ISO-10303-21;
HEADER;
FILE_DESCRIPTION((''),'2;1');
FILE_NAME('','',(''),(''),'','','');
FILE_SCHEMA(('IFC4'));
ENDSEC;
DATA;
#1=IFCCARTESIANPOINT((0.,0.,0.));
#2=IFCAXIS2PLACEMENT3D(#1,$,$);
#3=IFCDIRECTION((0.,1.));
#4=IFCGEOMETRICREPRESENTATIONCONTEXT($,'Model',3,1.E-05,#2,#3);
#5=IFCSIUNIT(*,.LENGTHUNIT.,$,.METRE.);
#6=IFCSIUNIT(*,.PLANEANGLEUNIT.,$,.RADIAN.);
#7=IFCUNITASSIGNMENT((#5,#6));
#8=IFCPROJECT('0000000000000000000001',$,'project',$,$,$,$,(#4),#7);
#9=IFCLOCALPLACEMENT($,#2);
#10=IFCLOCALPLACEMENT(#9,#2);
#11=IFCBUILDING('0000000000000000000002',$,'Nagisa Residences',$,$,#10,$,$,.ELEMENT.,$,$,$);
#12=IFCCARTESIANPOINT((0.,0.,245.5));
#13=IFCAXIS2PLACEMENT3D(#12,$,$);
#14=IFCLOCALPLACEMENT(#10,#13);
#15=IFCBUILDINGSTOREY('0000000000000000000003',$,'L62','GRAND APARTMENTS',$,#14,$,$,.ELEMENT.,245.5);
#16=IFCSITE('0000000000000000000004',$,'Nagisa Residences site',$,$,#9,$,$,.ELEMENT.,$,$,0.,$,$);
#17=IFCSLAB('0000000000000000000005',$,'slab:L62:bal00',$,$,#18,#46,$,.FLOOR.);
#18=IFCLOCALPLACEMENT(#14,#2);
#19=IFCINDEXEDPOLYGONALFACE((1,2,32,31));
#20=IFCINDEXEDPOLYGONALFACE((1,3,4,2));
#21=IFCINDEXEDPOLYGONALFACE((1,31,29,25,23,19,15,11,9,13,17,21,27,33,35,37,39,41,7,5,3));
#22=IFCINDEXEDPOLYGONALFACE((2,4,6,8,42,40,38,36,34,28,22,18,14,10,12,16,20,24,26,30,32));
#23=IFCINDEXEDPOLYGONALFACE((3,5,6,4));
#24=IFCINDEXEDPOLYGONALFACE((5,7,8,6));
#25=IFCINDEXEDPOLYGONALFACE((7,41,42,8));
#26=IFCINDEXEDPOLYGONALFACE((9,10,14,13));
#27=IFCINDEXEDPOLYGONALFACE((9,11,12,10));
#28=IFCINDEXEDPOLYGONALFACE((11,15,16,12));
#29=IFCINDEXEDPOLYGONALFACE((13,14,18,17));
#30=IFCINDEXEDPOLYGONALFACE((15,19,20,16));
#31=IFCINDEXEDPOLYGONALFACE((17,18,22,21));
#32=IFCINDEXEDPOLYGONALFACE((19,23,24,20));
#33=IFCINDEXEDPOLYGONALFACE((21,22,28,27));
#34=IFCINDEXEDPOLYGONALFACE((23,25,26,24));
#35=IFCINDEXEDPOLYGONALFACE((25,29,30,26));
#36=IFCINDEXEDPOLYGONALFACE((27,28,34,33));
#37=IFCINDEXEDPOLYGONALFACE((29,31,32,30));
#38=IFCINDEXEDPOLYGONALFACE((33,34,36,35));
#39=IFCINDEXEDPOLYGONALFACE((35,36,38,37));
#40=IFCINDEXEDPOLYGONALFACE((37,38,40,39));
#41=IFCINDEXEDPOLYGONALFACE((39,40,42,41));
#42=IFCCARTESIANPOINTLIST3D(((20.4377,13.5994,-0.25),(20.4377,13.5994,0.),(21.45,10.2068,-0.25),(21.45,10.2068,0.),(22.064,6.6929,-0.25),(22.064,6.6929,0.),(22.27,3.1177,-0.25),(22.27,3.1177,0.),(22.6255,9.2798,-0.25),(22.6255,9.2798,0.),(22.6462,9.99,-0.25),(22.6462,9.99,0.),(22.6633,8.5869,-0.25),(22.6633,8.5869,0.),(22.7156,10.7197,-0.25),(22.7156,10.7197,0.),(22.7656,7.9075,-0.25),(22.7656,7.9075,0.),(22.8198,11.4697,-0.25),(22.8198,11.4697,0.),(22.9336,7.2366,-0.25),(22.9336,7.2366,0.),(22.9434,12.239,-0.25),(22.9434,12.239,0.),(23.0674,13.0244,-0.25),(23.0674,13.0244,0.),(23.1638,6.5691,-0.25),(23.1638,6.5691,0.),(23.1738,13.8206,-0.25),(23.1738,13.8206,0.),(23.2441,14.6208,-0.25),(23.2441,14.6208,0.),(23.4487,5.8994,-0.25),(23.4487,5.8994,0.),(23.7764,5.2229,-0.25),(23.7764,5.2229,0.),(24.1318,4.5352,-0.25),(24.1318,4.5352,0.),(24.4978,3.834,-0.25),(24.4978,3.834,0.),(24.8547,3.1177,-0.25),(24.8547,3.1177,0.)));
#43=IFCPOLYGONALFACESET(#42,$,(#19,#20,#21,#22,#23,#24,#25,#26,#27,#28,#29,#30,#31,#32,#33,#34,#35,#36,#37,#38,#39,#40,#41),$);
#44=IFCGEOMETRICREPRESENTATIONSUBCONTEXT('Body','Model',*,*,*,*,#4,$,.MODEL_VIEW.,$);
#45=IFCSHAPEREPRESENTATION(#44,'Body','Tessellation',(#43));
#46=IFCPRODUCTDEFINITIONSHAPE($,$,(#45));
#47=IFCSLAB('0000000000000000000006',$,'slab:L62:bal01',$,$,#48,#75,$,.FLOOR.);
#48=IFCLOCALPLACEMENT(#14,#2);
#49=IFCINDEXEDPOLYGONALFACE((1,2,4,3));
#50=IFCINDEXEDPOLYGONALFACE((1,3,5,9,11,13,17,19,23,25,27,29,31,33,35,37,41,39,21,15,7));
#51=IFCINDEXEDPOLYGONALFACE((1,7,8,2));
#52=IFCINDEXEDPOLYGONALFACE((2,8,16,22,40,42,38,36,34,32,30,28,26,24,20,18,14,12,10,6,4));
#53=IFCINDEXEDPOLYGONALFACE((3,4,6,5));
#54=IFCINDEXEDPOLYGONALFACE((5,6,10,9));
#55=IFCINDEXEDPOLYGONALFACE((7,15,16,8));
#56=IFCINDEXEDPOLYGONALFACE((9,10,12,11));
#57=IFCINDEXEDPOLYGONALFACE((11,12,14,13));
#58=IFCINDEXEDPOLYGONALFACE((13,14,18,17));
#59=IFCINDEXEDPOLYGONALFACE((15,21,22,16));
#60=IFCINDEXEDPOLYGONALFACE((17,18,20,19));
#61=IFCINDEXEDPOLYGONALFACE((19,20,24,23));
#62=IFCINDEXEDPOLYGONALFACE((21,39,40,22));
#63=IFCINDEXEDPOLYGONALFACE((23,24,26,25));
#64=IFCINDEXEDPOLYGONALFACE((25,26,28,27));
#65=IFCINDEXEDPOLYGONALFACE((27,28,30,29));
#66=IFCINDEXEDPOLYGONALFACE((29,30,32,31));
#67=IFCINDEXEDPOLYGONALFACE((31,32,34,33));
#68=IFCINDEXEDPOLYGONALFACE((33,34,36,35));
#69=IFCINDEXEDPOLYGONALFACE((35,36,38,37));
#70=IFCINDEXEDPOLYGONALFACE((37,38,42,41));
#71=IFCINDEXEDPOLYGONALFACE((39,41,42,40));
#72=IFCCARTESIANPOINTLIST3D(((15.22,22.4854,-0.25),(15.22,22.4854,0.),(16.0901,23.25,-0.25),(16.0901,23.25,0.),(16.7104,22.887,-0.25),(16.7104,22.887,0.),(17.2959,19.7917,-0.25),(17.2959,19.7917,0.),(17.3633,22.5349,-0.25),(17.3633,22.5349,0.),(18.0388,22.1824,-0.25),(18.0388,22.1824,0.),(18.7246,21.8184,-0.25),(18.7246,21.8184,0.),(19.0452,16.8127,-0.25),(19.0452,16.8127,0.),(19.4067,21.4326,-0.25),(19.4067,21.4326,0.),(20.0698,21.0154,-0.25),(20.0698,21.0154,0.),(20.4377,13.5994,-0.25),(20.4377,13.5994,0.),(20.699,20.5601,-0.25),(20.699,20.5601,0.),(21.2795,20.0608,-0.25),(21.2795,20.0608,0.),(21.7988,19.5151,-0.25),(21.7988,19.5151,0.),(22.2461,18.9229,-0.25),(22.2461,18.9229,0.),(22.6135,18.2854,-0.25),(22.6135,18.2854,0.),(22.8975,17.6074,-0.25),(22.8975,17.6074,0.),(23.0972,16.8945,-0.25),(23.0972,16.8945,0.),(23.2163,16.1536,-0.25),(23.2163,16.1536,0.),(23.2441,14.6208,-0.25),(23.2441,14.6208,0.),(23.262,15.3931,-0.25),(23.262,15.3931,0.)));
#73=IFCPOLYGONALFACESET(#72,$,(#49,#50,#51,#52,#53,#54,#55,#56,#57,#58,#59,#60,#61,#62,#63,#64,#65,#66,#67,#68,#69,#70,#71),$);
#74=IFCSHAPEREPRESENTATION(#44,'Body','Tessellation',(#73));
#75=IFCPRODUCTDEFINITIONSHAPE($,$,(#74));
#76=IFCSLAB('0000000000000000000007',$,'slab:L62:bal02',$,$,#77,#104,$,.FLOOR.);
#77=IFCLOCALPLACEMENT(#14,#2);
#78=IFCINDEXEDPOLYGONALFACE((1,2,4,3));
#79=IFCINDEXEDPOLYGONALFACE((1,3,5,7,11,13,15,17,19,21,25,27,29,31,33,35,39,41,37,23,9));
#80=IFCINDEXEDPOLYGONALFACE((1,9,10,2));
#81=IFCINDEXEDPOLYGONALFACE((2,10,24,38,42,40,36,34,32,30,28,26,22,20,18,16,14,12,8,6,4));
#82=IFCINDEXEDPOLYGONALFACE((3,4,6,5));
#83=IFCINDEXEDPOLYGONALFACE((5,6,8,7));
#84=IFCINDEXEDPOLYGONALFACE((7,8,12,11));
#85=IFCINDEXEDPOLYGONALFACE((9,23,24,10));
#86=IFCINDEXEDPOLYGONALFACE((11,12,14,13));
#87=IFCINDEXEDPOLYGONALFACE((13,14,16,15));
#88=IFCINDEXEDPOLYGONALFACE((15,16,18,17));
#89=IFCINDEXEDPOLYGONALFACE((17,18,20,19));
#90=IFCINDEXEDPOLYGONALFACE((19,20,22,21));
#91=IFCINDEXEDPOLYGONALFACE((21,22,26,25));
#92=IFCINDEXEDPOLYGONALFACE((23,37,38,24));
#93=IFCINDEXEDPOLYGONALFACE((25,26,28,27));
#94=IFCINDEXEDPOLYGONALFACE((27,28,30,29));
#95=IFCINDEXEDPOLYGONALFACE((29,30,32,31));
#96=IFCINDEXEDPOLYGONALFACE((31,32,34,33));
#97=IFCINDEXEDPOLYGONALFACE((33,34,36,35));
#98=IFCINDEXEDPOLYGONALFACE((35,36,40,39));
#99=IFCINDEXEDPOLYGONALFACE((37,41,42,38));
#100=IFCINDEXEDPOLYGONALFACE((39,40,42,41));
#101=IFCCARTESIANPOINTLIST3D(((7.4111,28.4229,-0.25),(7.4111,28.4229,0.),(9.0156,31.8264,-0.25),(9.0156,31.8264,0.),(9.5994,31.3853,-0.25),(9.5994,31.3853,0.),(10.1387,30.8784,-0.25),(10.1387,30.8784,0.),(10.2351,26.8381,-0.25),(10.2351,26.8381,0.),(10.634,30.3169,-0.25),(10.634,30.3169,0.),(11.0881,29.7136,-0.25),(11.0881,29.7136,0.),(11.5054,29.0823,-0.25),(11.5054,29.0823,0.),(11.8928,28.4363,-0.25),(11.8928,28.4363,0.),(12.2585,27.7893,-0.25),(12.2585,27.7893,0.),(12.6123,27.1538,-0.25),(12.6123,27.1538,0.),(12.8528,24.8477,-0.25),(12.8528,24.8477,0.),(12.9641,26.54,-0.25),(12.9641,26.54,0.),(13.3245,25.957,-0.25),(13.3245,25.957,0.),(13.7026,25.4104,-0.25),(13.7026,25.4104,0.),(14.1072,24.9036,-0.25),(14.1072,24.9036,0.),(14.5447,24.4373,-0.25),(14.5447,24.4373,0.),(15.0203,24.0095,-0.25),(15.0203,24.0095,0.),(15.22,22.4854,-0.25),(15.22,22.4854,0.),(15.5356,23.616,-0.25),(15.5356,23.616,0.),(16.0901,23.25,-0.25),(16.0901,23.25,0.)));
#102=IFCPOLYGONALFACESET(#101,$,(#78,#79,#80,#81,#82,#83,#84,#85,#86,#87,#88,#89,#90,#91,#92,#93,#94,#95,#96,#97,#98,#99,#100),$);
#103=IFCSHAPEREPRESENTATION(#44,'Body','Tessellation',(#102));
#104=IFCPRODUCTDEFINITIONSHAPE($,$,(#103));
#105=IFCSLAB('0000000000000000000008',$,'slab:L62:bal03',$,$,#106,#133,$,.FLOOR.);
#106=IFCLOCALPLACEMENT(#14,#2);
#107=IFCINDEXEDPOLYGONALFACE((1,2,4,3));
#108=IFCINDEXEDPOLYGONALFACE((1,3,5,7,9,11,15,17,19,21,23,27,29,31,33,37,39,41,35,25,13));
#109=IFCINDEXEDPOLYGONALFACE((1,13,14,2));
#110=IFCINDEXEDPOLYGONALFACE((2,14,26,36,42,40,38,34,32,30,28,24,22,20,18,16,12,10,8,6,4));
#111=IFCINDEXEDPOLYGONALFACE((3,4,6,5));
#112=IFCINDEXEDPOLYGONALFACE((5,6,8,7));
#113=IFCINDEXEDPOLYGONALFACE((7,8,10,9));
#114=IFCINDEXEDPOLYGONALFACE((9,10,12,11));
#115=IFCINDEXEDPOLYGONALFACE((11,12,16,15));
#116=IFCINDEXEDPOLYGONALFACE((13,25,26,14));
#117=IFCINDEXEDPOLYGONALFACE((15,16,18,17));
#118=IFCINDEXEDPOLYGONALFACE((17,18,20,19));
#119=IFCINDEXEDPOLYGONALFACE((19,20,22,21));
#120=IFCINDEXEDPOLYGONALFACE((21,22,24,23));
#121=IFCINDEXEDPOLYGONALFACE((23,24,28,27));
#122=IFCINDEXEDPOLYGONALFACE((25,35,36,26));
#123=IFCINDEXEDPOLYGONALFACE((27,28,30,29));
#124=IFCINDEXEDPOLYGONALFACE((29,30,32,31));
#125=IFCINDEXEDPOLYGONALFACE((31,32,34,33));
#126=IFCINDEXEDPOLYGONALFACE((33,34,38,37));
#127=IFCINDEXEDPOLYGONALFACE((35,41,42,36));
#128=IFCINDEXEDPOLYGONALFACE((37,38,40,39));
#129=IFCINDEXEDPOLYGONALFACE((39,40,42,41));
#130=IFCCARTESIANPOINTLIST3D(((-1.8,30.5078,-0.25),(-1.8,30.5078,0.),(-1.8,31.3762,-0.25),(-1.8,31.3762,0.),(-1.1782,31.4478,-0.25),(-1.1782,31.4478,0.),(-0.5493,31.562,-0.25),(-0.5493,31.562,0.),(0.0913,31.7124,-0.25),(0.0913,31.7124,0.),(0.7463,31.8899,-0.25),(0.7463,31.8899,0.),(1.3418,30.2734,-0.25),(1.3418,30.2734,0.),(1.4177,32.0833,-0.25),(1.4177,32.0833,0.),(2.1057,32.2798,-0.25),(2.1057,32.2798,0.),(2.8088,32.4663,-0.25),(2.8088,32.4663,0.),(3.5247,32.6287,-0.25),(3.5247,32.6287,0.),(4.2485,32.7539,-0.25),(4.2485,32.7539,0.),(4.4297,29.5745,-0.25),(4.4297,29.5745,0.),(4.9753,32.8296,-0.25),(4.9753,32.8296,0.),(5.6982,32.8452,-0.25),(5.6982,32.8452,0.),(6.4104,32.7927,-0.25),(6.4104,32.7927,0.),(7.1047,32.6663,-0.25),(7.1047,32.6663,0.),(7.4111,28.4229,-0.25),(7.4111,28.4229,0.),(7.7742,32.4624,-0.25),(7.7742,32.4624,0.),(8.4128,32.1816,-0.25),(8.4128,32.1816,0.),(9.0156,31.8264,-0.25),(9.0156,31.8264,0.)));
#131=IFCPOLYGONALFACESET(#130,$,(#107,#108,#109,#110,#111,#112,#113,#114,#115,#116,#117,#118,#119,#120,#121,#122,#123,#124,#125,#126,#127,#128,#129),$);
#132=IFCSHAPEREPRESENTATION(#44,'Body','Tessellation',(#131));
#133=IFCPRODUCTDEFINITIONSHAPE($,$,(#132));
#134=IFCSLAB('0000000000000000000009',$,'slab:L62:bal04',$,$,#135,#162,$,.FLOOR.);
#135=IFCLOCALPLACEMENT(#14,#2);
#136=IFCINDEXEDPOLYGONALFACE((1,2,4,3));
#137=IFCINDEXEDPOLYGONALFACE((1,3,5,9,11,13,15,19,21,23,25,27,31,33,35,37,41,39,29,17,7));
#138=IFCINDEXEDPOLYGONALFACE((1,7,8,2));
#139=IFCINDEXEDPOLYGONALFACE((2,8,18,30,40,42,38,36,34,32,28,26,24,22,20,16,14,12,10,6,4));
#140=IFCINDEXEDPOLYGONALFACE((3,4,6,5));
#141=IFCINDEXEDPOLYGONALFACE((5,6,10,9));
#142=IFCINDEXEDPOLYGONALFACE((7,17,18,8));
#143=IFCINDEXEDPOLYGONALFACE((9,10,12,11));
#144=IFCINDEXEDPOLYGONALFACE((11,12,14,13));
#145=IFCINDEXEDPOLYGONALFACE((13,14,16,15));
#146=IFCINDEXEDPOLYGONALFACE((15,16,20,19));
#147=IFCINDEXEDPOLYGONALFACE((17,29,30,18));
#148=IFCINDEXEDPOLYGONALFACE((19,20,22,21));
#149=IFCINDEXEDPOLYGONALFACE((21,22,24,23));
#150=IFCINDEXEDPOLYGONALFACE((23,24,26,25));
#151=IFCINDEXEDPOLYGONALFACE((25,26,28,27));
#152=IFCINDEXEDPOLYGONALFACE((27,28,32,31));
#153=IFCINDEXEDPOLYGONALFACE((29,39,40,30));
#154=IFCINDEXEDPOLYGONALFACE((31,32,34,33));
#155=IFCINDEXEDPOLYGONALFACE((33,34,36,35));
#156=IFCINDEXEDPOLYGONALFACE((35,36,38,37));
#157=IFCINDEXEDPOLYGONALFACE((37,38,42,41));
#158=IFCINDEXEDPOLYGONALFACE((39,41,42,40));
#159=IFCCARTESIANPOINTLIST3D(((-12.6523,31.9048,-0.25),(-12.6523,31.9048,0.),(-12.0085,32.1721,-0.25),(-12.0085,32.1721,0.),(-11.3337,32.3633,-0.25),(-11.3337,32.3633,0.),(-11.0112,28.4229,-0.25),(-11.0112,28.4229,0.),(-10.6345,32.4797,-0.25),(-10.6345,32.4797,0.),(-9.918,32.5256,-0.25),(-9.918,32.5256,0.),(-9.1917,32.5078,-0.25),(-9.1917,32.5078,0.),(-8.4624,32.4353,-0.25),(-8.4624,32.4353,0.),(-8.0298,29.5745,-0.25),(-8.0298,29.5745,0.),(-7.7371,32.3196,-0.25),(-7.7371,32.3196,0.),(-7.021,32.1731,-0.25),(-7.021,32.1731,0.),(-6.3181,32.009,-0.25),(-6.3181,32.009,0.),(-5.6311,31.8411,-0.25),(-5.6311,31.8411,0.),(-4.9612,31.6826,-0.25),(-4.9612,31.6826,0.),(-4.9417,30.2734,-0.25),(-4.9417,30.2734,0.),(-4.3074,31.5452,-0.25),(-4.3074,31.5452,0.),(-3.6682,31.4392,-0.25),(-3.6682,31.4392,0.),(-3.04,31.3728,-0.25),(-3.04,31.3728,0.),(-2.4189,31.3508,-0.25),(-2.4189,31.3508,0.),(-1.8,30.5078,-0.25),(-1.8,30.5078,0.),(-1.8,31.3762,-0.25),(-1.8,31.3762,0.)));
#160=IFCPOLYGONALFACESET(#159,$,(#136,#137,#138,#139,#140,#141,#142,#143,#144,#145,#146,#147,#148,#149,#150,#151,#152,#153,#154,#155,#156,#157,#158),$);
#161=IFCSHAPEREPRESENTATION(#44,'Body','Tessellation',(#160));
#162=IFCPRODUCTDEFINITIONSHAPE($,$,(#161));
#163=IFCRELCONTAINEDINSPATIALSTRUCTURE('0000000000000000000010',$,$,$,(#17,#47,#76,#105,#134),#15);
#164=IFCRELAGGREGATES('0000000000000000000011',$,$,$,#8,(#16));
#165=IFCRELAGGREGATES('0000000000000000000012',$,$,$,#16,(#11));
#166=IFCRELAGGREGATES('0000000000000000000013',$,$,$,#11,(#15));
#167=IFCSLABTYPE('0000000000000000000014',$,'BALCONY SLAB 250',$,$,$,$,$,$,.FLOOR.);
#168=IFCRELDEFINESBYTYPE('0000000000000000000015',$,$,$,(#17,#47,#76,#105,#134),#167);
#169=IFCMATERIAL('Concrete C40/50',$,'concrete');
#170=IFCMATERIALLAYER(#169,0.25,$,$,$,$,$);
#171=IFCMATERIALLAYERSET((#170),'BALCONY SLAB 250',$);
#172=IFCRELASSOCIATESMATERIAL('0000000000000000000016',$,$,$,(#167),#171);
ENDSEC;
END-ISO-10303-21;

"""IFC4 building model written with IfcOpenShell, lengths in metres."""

from ifc_helpers import new_model, si_unit, direction, frame, origin, place, context, subcontext, project, spatial, polyline, outline, extrude, material, layer, layer_set, type_object, element, save


model = new_model("IFC4")

# Units and contexts
model_context = context("Model", 3, precision=1e-05, world=origin(), true_north=direction((0.0, 1.0)))
body_context = subcontext(model_context, "Body", "Model", "MODEL_VIEW")
ifc_project = project(units=[si_unit("LENGTHUNIT", "METRE"), si_unit("PLANEANGLEUNIT", "RADIAN")], contexts=[model_context])

# Site, building, storey
site_placement = place(None, origin())
site = spatial("IfcSite", under=ifc_project, at=site_placement, Name="Nagisa Residences site", CompositionType="ELEMENT", RefElevation=0.0)
building_placement = place(site_placement, origin())
building = spatial("IfcBuilding", under=site, at=building_placement, Name="Nagisa Residences", CompositionType="ELEMENT")
storey_placement = place(building_placement, frame((0.0, 0.0, 245.5)))
storey = spatial("IfcBuildingStorey", under=building, at=storey_placement, Name="L62", Description="GRAND APARTMENTS", CompositionType="ELEMENT", Elevation=245.5)

# Slabs
ifc_material_1 = material(Name="Concrete C40/50", Category="concrete")
ifc_layer_1 = layer(ifc_material_1, 0.25)
ifc_layer_set_1 = layer_set([ifc_layer_1], Name="BALCONY SLAB 250")
slab_type_1 = type_object("IfcSlabType", Name="BALCONY SLAB 250", PredefinedType="FLOOR", material=ifc_layer_set_1)
slab_1_placement = place(storey_placement, frame((0.0, 0.0, -0.25)))
element("IfcSlab", 1, at=slab_1_placement, inside=storey, type_object=slab_type_1, Name="slab:L62:bal00", PredefinedType="FLOOR", context=body_context, shape_type="SweptSolid", body=[
    extrude(outline(polyline([(24.8547, 3.1177), (24.4978, 3.834), (24.1318, 4.5352), (23.7764, 5.2229), (23.4487, 5.8994), (23.1638, 6.5691), (22.9336, 7.2366), (22.7656, 7.9075), (22.6633, 8.5869), (22.6255, 9.2798), (22.6462, 9.99), (22.7156, 10.7197), (22.8198, 11.4697), (22.9434, 12.239), (23.0674, 13.0244), (23.1738, 13.8206), (23.2441, 14.6208), (20.4377, 13.5994), (21.45, 10.2068), (22.064, 6.6929), (22.27, 3.1177), (24.8547, 3.1177)])), origin(), (0.0, 0.0, 1.0), 0.25),
])
slab_2_placement = place(storey_placement, frame((0.0, 0.0, -0.25)))
element("IfcSlab", 2, at=slab_2_placement, inside=storey, type_object=slab_type_1, Name="slab:L62:bal01", PredefinedType="FLOOR", context=body_context, shape_type="SweptSolid", body=[
    extrude(outline(polyline([(23.2441, 14.6208), (23.262, 15.3931), (23.2163, 16.1536), (23.0972, 16.8945), (22.8975, 17.6074), (22.6135, 18.2854), (22.2461, 18.9229), (21.7988, 19.5151), (21.2795, 20.0608), (20.699, 20.5601), (20.0698, 21.0154), (19.4067, 21.4326), (18.7246, 21.8184), (18.0388, 22.1824), (17.3633, 22.5349), (16.7104, 22.887), (16.0901, 23.25), (15.22, 22.4854), (17.2959, 19.7917), (19.0452, 16.8127), (20.4377, 13.5994), (23.2441, 14.6208)])), origin(), (0.0, 0.0, 1.0), 0.25),
])
slab_3_placement = place(storey_placement, frame((0.0, 0.0, -0.25)))
element("IfcSlab", 3, at=slab_3_placement, inside=storey, type_object=slab_type_1, Name="slab:L62:bal02", PredefinedType="FLOOR", context=body_context, shape_type="SweptSolid", body=[
    extrude(outline(polyline([(16.0901, 23.25), (15.5356, 23.616), (15.0203, 24.0095), (14.5447, 24.4373), (14.1072, 24.9036), (13.7026, 25.4104), (13.3245, 25.957), (12.9641, 26.54), (12.6123, 27.1538), (12.2585, 27.7893), (11.8928, 28.4363), (11.5054, 29.0823), (11.0881, 29.7136), (10.634, 30.3169), (10.1387, 30.8784), (9.5994, 31.3853), (9.0156, 31.8264), (7.4111, 28.4229), (10.2351, 26.8381), (12.8528, 24.8477), (15.22, 22.4854), (16.0901, 23.25)])), origin(), (0.0, 0.0, 1.0), 0.25),
])
slab_4_placement = place(storey_placement, frame((0.0, 0.0, -0.25)))
element("IfcSlab", 4, at=slab_4_placement, inside=storey, type_object=slab_type_1, Name="slab:L62:bal03", PredefinedType="FLOOR", context=body_context, shape_type="SweptSolid", body=[
    extrude(outline(polyline([(9.0156, 31.8264), (8.4128, 32.1816), (7.7742, 32.4624), (7.1047, 32.6663), (6.4104, 32.7927), (5.6982, 32.8452), (4.9753, 32.8296), (4.2485, 32.7539), (3.5247, 32.6287), (2.8088, 32.4663), (2.1057, 32.2798), (1.4177, 32.0833), (0.7463, 31.8899), (0.0913, 31.7124), (-0.5493, 31.562), (-1.1782, 31.4478), (-1.8, 31.3762), (-1.8, 30.5078), (1.3418, 30.2734), (4.4297, 29.5745), (7.4111, 28.4229), (9.0156, 31.8264)])), origin(), (0.0, 0.0, 1.0), 0.25),
])
slab_5_placement = place(storey_placement, frame((0.0, 0.0, -0.25)))
element("IfcSlab", 5, at=slab_5_placement, inside=storey, type_object=slab_type_1, Name="slab:L62:bal04", PredefinedType="FLOOR", context=body_context, shape_type="SweptSolid", body=[
    extrude(outline(polyline([(-1.8, 31.3762), (-2.4189, 31.3508), (-3.04, 31.3728), (-3.6682, 31.4392), (-4.3074, 31.5452), (-4.9612, 31.6826), (-5.6311, 31.8411), (-6.3181, 32.009), (-7.021, 32.1731), (-7.7371, 32.3196), (-8.4624, 32.4353), (-9.1917, 32.5078), (-9.918, 32.5256), (-10.6345, 32.4797), (-11.3337, 32.3633), (-12.0085, 32.1721), (-12.6523, 31.9048), (-11.0112, 28.4229), (-8.0298, 29.5745), (-4.9417, 30.2734), (-1.8, 30.5078), (-1.8, 31.3762)])), origin(), (0.0, 0.0, 1.0), 0.25),
])

save(model, "model.ifc")
